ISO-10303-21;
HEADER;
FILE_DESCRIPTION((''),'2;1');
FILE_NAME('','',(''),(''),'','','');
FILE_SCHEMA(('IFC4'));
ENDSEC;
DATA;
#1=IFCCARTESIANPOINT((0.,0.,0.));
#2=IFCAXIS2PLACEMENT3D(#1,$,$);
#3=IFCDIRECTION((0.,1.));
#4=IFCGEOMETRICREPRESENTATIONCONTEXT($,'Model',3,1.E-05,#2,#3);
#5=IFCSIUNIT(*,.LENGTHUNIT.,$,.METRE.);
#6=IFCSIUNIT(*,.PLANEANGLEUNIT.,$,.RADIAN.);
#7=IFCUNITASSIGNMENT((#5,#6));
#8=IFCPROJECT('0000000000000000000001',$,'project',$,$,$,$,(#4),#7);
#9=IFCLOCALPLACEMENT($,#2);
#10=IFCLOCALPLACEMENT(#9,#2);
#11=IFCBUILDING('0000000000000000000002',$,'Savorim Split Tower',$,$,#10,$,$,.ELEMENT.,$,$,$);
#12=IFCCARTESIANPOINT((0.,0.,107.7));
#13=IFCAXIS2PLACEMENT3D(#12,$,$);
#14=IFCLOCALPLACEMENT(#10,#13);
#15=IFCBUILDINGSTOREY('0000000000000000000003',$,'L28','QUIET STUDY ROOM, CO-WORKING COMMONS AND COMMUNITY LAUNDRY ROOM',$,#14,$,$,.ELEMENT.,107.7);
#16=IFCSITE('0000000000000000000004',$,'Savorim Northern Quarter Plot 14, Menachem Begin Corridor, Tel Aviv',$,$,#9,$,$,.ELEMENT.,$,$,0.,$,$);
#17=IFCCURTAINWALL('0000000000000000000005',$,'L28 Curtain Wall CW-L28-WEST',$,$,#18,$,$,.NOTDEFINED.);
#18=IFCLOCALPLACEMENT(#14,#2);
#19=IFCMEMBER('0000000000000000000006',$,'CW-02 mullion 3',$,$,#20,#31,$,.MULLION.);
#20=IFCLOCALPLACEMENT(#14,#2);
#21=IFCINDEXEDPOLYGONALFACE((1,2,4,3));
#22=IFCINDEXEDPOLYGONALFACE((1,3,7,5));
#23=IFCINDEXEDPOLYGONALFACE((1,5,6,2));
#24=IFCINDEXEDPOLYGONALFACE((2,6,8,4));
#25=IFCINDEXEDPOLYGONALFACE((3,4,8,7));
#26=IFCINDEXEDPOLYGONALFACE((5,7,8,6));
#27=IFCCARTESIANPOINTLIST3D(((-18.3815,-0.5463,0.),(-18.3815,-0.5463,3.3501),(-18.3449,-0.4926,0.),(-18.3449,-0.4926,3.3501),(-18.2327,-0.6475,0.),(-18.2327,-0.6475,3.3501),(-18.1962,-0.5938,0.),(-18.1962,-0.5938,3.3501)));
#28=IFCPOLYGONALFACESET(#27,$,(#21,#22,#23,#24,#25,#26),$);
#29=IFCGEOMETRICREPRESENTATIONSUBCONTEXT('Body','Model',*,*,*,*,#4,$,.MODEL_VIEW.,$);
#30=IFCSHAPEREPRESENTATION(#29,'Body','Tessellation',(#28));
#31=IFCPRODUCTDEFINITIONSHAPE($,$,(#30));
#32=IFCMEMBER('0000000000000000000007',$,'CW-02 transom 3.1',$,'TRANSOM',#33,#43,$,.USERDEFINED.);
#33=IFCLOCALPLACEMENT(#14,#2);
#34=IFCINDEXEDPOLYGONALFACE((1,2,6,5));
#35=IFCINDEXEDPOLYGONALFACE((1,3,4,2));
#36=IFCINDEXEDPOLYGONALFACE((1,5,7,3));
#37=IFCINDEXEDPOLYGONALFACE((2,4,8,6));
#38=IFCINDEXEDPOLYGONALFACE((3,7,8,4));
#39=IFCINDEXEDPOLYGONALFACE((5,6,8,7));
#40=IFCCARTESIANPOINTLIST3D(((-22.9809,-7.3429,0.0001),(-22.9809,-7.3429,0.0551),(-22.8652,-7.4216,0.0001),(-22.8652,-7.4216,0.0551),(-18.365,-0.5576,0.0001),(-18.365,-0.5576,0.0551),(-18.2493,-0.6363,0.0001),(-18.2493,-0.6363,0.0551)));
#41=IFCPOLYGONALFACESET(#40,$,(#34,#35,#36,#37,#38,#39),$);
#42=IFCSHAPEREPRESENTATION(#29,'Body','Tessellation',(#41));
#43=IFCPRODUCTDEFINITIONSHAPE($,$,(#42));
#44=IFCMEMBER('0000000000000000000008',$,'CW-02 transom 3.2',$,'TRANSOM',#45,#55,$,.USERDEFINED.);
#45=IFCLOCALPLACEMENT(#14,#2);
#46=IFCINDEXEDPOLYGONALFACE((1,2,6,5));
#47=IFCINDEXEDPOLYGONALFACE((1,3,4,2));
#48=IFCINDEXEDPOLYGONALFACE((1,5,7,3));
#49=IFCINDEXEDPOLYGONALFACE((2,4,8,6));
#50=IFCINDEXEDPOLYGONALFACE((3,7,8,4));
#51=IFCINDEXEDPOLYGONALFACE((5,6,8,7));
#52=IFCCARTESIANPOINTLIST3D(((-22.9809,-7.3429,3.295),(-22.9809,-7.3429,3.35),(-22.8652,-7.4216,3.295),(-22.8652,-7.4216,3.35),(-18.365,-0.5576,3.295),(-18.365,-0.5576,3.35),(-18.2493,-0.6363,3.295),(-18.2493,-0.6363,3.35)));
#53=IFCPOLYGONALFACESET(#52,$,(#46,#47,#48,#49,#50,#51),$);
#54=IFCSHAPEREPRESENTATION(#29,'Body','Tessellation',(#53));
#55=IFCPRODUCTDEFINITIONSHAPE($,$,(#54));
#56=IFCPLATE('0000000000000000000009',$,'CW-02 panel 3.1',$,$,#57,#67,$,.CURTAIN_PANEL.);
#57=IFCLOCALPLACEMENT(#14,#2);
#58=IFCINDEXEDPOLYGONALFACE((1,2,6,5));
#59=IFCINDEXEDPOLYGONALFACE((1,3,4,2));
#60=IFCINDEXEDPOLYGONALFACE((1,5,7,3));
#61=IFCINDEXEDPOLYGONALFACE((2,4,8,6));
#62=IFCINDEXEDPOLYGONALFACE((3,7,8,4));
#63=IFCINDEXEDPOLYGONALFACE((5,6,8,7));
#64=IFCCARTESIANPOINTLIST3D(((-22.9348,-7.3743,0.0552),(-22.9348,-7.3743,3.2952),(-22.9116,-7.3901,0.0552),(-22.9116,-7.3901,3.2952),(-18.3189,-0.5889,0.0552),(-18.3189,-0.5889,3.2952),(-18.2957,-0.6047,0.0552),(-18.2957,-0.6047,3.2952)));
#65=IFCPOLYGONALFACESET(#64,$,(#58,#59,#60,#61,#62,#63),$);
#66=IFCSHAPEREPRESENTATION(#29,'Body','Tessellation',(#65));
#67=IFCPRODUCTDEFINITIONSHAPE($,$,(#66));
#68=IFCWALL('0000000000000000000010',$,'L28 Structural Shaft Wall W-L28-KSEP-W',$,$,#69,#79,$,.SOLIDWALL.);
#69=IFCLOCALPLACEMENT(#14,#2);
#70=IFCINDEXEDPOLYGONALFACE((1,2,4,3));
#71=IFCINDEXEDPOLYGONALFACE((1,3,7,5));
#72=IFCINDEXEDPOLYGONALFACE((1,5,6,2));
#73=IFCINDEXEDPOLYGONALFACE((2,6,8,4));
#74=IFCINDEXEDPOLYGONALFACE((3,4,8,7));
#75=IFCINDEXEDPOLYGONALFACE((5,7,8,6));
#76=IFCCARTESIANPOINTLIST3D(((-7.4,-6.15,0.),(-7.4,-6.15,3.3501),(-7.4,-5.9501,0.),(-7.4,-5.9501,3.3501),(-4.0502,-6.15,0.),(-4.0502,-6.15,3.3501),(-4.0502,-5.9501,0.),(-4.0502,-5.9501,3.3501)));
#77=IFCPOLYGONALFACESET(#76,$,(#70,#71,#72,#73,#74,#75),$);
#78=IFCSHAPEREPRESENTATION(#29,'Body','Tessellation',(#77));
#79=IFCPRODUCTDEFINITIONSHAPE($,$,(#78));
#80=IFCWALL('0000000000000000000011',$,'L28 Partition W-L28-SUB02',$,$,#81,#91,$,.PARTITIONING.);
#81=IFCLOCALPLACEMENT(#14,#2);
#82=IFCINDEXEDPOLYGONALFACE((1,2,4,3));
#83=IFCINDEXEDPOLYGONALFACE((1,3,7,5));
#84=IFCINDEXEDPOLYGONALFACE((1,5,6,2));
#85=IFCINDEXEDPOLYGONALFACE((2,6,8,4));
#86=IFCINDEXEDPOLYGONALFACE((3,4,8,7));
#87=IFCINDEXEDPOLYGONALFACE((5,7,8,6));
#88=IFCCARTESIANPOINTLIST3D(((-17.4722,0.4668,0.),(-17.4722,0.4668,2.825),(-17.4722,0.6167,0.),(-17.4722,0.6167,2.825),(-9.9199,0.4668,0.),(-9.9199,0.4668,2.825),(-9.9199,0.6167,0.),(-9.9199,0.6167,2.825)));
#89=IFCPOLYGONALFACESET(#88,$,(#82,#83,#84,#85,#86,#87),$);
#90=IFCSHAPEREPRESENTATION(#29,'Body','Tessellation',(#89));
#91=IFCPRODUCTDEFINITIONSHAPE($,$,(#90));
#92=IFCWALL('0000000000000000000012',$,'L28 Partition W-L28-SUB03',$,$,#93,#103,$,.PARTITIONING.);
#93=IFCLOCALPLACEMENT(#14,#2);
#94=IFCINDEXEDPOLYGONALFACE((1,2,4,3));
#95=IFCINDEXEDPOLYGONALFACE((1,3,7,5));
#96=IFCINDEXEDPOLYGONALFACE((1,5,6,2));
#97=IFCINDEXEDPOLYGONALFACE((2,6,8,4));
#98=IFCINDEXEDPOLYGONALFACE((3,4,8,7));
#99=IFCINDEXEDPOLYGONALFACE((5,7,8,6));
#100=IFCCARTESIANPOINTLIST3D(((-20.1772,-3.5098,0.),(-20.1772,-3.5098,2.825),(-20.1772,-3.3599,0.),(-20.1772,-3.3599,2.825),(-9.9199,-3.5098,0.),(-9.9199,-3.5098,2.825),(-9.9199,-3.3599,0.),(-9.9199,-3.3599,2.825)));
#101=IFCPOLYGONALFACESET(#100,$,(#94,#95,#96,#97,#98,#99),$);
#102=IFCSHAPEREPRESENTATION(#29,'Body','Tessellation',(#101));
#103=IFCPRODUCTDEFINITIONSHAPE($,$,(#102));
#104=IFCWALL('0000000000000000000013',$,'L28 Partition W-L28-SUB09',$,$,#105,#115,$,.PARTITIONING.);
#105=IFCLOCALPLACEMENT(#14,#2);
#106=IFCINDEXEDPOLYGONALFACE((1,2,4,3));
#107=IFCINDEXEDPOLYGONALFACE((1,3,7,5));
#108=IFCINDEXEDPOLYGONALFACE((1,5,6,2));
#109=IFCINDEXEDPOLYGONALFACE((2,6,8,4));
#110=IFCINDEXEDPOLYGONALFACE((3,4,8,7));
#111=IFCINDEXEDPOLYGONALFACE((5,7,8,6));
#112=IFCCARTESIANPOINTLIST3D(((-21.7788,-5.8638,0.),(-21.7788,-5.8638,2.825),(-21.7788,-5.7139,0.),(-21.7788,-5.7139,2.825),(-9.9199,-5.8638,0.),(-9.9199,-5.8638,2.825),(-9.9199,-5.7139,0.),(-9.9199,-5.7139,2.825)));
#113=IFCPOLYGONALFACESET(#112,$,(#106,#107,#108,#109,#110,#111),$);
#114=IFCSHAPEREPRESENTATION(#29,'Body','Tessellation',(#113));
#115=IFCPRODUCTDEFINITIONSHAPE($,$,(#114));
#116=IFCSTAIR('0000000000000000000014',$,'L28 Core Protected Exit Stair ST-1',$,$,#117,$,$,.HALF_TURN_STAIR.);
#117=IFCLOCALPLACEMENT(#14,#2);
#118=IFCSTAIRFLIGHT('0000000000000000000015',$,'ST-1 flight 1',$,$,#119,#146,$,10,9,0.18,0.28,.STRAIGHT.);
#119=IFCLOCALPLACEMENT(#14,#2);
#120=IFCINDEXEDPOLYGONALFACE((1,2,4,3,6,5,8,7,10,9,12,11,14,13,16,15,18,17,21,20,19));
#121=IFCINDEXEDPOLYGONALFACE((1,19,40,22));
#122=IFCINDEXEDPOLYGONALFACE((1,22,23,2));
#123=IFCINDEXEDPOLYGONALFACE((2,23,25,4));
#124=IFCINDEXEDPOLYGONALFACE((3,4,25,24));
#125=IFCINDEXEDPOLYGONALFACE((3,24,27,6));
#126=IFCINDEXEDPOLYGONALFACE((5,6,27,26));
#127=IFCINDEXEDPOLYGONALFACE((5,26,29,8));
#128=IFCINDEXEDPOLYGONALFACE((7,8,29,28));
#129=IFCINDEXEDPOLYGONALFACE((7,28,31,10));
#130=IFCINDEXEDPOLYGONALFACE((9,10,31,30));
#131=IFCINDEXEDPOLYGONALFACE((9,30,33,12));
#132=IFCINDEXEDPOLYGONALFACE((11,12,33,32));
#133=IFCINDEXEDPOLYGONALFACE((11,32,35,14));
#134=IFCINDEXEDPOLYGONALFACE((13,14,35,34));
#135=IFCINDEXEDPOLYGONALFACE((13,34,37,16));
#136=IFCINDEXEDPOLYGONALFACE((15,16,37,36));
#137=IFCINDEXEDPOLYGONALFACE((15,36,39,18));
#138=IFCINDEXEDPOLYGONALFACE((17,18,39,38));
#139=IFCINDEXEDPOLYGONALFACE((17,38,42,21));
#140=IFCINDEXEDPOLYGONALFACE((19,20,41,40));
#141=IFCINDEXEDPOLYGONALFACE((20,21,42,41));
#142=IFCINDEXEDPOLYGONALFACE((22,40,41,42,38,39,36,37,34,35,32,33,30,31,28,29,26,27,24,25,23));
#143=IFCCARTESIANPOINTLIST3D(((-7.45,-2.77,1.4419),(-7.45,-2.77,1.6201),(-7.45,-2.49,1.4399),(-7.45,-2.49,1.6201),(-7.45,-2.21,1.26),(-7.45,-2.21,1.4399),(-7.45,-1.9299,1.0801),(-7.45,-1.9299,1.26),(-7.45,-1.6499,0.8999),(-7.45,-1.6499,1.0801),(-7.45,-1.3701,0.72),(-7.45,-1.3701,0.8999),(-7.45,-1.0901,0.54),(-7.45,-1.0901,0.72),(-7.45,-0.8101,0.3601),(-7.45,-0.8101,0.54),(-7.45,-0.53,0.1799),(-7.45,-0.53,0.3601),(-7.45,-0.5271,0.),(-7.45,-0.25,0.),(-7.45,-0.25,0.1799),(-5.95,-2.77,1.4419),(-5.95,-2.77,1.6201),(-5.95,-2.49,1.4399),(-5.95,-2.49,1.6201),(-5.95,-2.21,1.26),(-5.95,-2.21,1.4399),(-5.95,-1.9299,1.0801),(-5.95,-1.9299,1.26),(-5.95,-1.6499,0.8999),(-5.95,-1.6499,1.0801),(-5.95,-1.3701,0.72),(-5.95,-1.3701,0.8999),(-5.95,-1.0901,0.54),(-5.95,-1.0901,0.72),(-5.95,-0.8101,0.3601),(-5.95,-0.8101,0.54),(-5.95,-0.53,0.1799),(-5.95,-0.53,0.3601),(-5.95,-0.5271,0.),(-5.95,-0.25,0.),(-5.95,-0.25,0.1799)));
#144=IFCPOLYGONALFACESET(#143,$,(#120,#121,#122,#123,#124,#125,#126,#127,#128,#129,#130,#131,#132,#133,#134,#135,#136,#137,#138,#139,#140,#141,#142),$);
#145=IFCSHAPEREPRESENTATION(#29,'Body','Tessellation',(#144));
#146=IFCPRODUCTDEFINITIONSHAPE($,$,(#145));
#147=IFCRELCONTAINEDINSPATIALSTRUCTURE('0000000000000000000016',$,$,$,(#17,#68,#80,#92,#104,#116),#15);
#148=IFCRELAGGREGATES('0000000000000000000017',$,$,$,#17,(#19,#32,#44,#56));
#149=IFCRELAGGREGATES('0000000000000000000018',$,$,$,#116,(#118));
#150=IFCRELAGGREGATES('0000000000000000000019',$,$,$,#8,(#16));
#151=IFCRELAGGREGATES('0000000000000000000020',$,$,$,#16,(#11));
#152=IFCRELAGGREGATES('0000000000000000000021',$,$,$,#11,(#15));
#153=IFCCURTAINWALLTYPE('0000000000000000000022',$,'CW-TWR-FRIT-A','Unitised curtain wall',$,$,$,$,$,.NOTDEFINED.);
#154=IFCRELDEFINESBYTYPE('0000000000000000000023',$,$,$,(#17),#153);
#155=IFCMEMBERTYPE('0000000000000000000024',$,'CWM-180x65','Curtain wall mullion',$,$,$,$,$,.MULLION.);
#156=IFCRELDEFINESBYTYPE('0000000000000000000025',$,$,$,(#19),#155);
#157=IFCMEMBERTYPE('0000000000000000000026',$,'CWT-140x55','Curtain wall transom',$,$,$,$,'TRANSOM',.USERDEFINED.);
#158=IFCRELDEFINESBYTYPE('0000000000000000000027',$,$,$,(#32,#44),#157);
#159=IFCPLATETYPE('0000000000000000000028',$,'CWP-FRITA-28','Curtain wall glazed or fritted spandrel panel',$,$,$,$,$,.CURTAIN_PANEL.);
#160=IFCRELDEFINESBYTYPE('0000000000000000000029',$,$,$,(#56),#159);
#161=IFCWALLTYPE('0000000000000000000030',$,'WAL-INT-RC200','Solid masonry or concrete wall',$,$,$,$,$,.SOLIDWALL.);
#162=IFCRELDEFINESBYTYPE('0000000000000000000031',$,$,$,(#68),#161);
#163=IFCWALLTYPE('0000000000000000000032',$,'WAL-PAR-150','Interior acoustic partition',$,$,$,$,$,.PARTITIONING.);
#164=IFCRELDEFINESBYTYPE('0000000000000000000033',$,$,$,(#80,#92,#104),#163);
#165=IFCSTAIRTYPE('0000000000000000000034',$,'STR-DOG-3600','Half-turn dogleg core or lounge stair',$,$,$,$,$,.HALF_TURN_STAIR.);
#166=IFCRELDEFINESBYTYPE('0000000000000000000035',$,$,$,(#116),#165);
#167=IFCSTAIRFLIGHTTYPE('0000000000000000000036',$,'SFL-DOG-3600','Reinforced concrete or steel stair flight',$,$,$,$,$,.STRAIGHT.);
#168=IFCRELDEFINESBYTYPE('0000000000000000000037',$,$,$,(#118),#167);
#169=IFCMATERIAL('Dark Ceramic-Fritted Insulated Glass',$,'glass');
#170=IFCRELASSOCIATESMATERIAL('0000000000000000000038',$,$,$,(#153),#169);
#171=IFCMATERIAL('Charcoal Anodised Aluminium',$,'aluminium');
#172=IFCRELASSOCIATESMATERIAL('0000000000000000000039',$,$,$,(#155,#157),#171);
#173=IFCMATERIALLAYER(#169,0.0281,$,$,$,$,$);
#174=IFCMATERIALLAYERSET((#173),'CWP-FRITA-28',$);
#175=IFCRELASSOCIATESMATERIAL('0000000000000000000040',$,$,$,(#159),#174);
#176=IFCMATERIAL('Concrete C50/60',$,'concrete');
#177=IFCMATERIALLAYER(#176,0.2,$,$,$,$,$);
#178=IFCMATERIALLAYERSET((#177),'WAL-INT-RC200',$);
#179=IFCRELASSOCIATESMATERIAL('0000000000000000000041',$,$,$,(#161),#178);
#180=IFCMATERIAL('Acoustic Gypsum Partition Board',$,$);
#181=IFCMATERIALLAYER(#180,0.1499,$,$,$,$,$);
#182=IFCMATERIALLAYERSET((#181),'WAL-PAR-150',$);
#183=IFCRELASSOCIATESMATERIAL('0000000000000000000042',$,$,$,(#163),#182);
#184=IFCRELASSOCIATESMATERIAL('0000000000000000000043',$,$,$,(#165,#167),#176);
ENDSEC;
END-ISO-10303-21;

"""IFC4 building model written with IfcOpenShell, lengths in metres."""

from ifc_helpers import new_model, si_unit, direction, frame, frame_2d, origin, origin_2d, place, context, subcontext, project, spatial, polyline, rectangle, outline, extrude, material, layer, layer_set, material_profile, profile_set, type_object, element, aggregate, save


model = new_model("IFC4")

# Units and contexts
model_context = context("Model", 3, precision=1e-05, world=origin(), true_north=direction((0.0, 1.0)))
body_context = subcontext(model_context, "Body", "Model", "MODEL_VIEW")
ifc_project = project(units=[si_unit("LENGTHUNIT", "METRE"), si_unit("PLANEANGLEUNIT", "RADIAN")], contexts=[model_context])

# Site, building, storey
site_placement = place(None, origin())
site = spatial("IfcSite", under=ifc_project, at=site_placement, Name="Savorim Northern Quarter Plot 14, Menachem Begin Corridor, Tel Aviv", CompositionType="ELEMENT", RefElevation=0.0)
building_placement = place(site_placement, origin())
building = spatial("IfcBuilding", under=site, at=building_placement, Name="Savorim Split Tower", CompositionType="ELEMENT")
storey_placement = place(building_placement, frame((0.0, 0.0, 107.7)))
storey = spatial("IfcBuildingStorey", under=building, at=storey_placement, Name="L28", Description="QUIET STUDY ROOM, CO-WORKING COMMONS AND COMMUNITY LAUNDRY ROOM", CompositionType="ELEMENT", Elevation=107.7)

# Curtain wall, members, plate
ifc_material_1 = material(Name="Dark Ceramic-Fritted Insulated Glass", Category="glass")
curtain_wall_type = type_object("IfcCurtainWallType", Name="CW-TWR-FRIT-A", Description="Unitised curtain wall", PredefinedType="NOTDEFINED", material=ifc_material_1)
curtain_wall_placement = place(storey_placement, origin())
curtain_wall = element("IfcCurtainWall", 1, at=curtain_wall_placement, inside=storey, type_object=curtain_wall_type, Name="L28 Curtain Wall CW-L28-WEST", PredefinedType="NOTDEFINED")
ifc_material_2 = material(Name="Charcoal Anodised Aluminium", Category="aluminium")
ifc_material_profile_1 = material_profile(ifc_material_2, rectangle(XDim=0.1799, YDim=0.0649, at=origin_2d()), Name="ALU-M 180x65")
ifc_profile_set_1 = profile_set([ifc_material_profile_1], Name="Charcoal Anodised Aluminium")
member_type_1 = type_object("IfcMemberType", Name="CWM-180x65", Description="Curtain wall mullion", PredefinedType="MULLION", material=ifc_profile_set_1)
member_1_placement = place(storey_placement, frame((-18.2888, -0.5701, 0.0), z_axis=(0.0, 0.0, 1.0), x_axis=(0.82682, -0.562467, 0.0)))
member_1 = element("IfcMember", 2, at=member_1_placement, type_object=member_type_1, Name="CW-02 mullion 3", PredefinedType="MULLION", context=body_context, shape_type="SweptSolid", body=[
    extrude(rectangle(XDim=0.1799, YDim=0.0649, at=origin_2d()), origin(), (0.0, 0.0, 1.0), 3.3501),
])
ifc_material_profile_2 = material_profile(ifc_material_2, rectangle(XDim=0.1399, YDim=0.0549, at=origin_2d()), Name="ALU-T 140x55")
ifc_profile_set_2 = profile_set([ifc_material_profile_2], Name="Charcoal Anodised Aluminium")
member_type_2 = type_object("IfcMemberType", Name="CWT-140x55", Description="Curtain wall transom", ElementType="TRANSOM", PredefinedType="USERDEFINED", material=ifc_profile_set_2)
member_2_placement = place(storey_placement, frame((-18.3071, -0.5969, 0.0276), z_axis=(-0.562468, -0.826819, 0.0), x_axis=(0.826819, -0.562468, 0.0)))
member_2 = element("IfcMember", 3, at=member_2_placement, type_object=member_type_2, Name="CW-02 transom 3.1", ObjectType="TRANSOM", PredefinedType="USERDEFINED", context=body_context, shape_type="SweptSolid", body=[
    extrude(rectangle(XDim=0.1399, YDim=0.0549, at=origin_2d()), origin(), (0.0, 0.0, 1.0), 8.2065),
])
member_3_placement = place(storey_placement, frame((-18.3071, -0.5969, 3.3225), z_axis=(-0.562468, -0.826819, 0.0), x_axis=(0.826819, -0.562468, 0.0)))
member_3 = element("IfcMember", 4, at=member_3_placement, type_object=member_type_2, Name="CW-02 transom 3.2", ObjectType="TRANSOM", PredefinedType="USERDEFINED", context=body_context, shape_type="SweptSolid", body=[
    extrude(rectangle(XDim=0.1399, YDim=0.0549, at=origin_2d()), origin(), (0.0, 0.0, 1.0), 8.2065),
])
ifc_layer_1 = layer(ifc_material_1, 0.0281)
ifc_layer_set_1 = layer_set([ifc_layer_1], Name="CWP-FRITA-28")
plate_type = type_object("IfcPlateType", Name="CWP-FRITA-28", Description="Curtain wall glazed or fritted spandrel panel", PredefinedType="CURTAIN_PANEL", material=ifc_layer_set_1)
plate_placement = place(storey_placement, frame((-20.6152, -3.9895, 0.0552), z_axis=(0.0, 0.0, 1.0), x_axis=(-0.562467, -0.82682, 0.0)))
plate = element("IfcPlate", 5, at=plate_placement, type_object=plate_type, Name="CW-02 panel 3.1", PredefinedType="CURTAIN_PANEL", context=body_context, shape_type="SweptSolid", body=[
    extrude(rectangle(XDim=8.2065, YDim=0.0281, at=origin_2d()), origin(), (0.0, 0.0, 1.0), 3.24),
])
aggregate(curtain_wall, [member_1, member_2, member_3, plate])

# Shared definitions
ifc_material_3 = material(Name="Concrete C50/60", Category="concrete")
ifc_layer_2 = layer(ifc_material_3, 0.2)
ifc_layer_set_2 = layer_set([ifc_layer_2], Name="WAL-INT-RC200")
wall_type_1 = type_object("IfcWallType", Name="WAL-INT-RC200", Description="Solid masonry or concrete wall", PredefinedType="SOLIDWALL", material=ifc_layer_set_2)

# Walls
wall_1_placement = place(storey_placement, frame((-7.3999, -6.05, 0.0), z_axis=(0.0, 0.0, 1.0), x_axis=(1.0, 0.0, 0.0)))
element("IfcWall", 6, at=wall_1_placement, inside=storey, type_object=wall_type_1, Name="L28 Structural Shaft Wall W-L28-KSEP-W", PredefinedType="SOLIDWALL", context=body_context, shape_type="SweptSolid", body=[
    extrude(rectangle(XDim=3.3499, YDim=0.2, at=frame_2d((1.6748, 0.0))), origin(), (0.0, 0.0, 1.0), 3.3501),
])
ifc_material_4 = material(Name="Acoustic Gypsum Partition Board")
ifc_layer_3 = layer(ifc_material_4, 0.1499)
ifc_layer_set_3 = layer_set([ifc_layer_3], Name="WAL-PAR-150")
wall_type_2 = type_object("IfcWallType", Name="WAL-PAR-150", Description="Interior acoustic partition", PredefinedType="PARTITIONING", material=ifc_layer_set_3)
wall_2_placement = place(storey_placement, frame((-9.9199, 0.5417, 0.0), z_axis=(0.0, 0.0, 1.0), x_axis=(-1.0, 0.0, 0.0)))
element("IfcWall", 7, at=wall_2_placement, inside=storey, type_object=wall_type_2, Name="L28 Partition W-L28-SUB02", PredefinedType="PARTITIONING", context=body_context, shape_type="SweptSolid", body=[
    extrude(rectangle(XDim=7.5522, YDim=0.1499, at=frame_2d((3.7761, 0.0))), origin(), (0.0, 0.0, 1.0), 2.825),
])
wall_3_placement = place(storey_placement, frame((-9.9199, -3.4348, 0.0), z_axis=(0.0, 0.0, 1.0), x_axis=(-1.0, 0.0, 0.0)))
element("IfcWall", 8, at=wall_3_placement, inside=storey, type_object=wall_type_2, Name="L28 Partition W-L28-SUB03", PredefinedType="PARTITIONING", context=body_context, shape_type="SweptSolid", body=[
    extrude(rectangle(XDim=10.2573, YDim=0.1499, at=frame_2d((5.1287, 0.0))), origin(), (0.0, 0.0, 1.0), 2.825),
])
wall_4_placement = place(storey_placement, frame((-9.9199, -5.7888, 0.0), z_axis=(0.0, 0.0, 1.0), x_axis=(-1.0, 0.0, 0.0)))
element("IfcWall", 9, at=wall_4_placement, inside=storey, type_object=wall_type_2, Name="L28 Partition W-L28-SUB09", PredefinedType="PARTITIONING", context=body_context, shape_type="SweptSolid", body=[
    extrude(rectangle(XDim=11.8589, YDim=0.1499, at=frame_2d((5.9294, 0.0))), origin(), (0.0, 0.0, 1.0), 2.825),
])

# Stair, stair flight
stair_type = type_object("IfcStairType", Name="STR-DOG-3600", Description="Half-turn dogleg core or lounge stair", PredefinedType="HALF_TURN_STAIR", material=ifc_material_3)
stair_placement = place(storey_placement, origin())
stair = element("IfcStair", 10, at=stair_placement, inside=storey, type_object=stair_type, Name="L28 Core Protected Exit Stair ST-1", PredefinedType="HALF_TURN_STAIR")
stair_flight_type = type_object("IfcStairFlightType", Name="SFL-DOG-3600", Description="Reinforced concrete or steel stair flight", PredefinedType="STRAIGHT", material=ifc_material_3)
stair_flight_placement = place(storey_placement, frame((-6.7, -0.25, 0.0), z_axis=(0.0, 0.0, 1.0), x_axis=(0.0, -1.0, 0.0)))
stair_flight = element("IfcStairFlight", 11, at=stair_flight_placement, type_object=stair_flight_type, Name="ST-1 flight 1", NumberOfRisers=10, NumberOfTreads=9, PredefinedType="STRAIGHT", RiserHeight=0.18, TreadLength=0.28, context=body_context, shape_type="SweptSolid", body=[
    extrude(outline(polyline([(0.0, 0.0), (0.0, 0.1799), (0.28, 0.1799), (0.28, 0.3601), (0.5601, 0.3601), (0.5601, 0.54), (0.8401, 0.54), (0.8401, 0.72), (1.1201, 0.72), (1.1201, 0.8999), (1.3999, 0.8999), (1.3999, 1.0801), (1.6799, 1.0801), (1.6799, 1.26), (1.96, 1.26), (1.96, 1.4399), (2.24, 1.4399), (2.24, 1.6201), (2.52, 1.6201), (2.52, 1.8), (2.52, 1.4419), (0.2771, 0.0), (0.0, 0.0)])), frame((0.0, 0.75, 0.0), z_axis=(0.0, -1.0, 0.0), x_axis=(1.0, 0.0, 0.0)), (0.0, 0.0, 1.0), 1.5),
])
aggregate(stair, [stair_flight])

save(model, "model.ifc")
